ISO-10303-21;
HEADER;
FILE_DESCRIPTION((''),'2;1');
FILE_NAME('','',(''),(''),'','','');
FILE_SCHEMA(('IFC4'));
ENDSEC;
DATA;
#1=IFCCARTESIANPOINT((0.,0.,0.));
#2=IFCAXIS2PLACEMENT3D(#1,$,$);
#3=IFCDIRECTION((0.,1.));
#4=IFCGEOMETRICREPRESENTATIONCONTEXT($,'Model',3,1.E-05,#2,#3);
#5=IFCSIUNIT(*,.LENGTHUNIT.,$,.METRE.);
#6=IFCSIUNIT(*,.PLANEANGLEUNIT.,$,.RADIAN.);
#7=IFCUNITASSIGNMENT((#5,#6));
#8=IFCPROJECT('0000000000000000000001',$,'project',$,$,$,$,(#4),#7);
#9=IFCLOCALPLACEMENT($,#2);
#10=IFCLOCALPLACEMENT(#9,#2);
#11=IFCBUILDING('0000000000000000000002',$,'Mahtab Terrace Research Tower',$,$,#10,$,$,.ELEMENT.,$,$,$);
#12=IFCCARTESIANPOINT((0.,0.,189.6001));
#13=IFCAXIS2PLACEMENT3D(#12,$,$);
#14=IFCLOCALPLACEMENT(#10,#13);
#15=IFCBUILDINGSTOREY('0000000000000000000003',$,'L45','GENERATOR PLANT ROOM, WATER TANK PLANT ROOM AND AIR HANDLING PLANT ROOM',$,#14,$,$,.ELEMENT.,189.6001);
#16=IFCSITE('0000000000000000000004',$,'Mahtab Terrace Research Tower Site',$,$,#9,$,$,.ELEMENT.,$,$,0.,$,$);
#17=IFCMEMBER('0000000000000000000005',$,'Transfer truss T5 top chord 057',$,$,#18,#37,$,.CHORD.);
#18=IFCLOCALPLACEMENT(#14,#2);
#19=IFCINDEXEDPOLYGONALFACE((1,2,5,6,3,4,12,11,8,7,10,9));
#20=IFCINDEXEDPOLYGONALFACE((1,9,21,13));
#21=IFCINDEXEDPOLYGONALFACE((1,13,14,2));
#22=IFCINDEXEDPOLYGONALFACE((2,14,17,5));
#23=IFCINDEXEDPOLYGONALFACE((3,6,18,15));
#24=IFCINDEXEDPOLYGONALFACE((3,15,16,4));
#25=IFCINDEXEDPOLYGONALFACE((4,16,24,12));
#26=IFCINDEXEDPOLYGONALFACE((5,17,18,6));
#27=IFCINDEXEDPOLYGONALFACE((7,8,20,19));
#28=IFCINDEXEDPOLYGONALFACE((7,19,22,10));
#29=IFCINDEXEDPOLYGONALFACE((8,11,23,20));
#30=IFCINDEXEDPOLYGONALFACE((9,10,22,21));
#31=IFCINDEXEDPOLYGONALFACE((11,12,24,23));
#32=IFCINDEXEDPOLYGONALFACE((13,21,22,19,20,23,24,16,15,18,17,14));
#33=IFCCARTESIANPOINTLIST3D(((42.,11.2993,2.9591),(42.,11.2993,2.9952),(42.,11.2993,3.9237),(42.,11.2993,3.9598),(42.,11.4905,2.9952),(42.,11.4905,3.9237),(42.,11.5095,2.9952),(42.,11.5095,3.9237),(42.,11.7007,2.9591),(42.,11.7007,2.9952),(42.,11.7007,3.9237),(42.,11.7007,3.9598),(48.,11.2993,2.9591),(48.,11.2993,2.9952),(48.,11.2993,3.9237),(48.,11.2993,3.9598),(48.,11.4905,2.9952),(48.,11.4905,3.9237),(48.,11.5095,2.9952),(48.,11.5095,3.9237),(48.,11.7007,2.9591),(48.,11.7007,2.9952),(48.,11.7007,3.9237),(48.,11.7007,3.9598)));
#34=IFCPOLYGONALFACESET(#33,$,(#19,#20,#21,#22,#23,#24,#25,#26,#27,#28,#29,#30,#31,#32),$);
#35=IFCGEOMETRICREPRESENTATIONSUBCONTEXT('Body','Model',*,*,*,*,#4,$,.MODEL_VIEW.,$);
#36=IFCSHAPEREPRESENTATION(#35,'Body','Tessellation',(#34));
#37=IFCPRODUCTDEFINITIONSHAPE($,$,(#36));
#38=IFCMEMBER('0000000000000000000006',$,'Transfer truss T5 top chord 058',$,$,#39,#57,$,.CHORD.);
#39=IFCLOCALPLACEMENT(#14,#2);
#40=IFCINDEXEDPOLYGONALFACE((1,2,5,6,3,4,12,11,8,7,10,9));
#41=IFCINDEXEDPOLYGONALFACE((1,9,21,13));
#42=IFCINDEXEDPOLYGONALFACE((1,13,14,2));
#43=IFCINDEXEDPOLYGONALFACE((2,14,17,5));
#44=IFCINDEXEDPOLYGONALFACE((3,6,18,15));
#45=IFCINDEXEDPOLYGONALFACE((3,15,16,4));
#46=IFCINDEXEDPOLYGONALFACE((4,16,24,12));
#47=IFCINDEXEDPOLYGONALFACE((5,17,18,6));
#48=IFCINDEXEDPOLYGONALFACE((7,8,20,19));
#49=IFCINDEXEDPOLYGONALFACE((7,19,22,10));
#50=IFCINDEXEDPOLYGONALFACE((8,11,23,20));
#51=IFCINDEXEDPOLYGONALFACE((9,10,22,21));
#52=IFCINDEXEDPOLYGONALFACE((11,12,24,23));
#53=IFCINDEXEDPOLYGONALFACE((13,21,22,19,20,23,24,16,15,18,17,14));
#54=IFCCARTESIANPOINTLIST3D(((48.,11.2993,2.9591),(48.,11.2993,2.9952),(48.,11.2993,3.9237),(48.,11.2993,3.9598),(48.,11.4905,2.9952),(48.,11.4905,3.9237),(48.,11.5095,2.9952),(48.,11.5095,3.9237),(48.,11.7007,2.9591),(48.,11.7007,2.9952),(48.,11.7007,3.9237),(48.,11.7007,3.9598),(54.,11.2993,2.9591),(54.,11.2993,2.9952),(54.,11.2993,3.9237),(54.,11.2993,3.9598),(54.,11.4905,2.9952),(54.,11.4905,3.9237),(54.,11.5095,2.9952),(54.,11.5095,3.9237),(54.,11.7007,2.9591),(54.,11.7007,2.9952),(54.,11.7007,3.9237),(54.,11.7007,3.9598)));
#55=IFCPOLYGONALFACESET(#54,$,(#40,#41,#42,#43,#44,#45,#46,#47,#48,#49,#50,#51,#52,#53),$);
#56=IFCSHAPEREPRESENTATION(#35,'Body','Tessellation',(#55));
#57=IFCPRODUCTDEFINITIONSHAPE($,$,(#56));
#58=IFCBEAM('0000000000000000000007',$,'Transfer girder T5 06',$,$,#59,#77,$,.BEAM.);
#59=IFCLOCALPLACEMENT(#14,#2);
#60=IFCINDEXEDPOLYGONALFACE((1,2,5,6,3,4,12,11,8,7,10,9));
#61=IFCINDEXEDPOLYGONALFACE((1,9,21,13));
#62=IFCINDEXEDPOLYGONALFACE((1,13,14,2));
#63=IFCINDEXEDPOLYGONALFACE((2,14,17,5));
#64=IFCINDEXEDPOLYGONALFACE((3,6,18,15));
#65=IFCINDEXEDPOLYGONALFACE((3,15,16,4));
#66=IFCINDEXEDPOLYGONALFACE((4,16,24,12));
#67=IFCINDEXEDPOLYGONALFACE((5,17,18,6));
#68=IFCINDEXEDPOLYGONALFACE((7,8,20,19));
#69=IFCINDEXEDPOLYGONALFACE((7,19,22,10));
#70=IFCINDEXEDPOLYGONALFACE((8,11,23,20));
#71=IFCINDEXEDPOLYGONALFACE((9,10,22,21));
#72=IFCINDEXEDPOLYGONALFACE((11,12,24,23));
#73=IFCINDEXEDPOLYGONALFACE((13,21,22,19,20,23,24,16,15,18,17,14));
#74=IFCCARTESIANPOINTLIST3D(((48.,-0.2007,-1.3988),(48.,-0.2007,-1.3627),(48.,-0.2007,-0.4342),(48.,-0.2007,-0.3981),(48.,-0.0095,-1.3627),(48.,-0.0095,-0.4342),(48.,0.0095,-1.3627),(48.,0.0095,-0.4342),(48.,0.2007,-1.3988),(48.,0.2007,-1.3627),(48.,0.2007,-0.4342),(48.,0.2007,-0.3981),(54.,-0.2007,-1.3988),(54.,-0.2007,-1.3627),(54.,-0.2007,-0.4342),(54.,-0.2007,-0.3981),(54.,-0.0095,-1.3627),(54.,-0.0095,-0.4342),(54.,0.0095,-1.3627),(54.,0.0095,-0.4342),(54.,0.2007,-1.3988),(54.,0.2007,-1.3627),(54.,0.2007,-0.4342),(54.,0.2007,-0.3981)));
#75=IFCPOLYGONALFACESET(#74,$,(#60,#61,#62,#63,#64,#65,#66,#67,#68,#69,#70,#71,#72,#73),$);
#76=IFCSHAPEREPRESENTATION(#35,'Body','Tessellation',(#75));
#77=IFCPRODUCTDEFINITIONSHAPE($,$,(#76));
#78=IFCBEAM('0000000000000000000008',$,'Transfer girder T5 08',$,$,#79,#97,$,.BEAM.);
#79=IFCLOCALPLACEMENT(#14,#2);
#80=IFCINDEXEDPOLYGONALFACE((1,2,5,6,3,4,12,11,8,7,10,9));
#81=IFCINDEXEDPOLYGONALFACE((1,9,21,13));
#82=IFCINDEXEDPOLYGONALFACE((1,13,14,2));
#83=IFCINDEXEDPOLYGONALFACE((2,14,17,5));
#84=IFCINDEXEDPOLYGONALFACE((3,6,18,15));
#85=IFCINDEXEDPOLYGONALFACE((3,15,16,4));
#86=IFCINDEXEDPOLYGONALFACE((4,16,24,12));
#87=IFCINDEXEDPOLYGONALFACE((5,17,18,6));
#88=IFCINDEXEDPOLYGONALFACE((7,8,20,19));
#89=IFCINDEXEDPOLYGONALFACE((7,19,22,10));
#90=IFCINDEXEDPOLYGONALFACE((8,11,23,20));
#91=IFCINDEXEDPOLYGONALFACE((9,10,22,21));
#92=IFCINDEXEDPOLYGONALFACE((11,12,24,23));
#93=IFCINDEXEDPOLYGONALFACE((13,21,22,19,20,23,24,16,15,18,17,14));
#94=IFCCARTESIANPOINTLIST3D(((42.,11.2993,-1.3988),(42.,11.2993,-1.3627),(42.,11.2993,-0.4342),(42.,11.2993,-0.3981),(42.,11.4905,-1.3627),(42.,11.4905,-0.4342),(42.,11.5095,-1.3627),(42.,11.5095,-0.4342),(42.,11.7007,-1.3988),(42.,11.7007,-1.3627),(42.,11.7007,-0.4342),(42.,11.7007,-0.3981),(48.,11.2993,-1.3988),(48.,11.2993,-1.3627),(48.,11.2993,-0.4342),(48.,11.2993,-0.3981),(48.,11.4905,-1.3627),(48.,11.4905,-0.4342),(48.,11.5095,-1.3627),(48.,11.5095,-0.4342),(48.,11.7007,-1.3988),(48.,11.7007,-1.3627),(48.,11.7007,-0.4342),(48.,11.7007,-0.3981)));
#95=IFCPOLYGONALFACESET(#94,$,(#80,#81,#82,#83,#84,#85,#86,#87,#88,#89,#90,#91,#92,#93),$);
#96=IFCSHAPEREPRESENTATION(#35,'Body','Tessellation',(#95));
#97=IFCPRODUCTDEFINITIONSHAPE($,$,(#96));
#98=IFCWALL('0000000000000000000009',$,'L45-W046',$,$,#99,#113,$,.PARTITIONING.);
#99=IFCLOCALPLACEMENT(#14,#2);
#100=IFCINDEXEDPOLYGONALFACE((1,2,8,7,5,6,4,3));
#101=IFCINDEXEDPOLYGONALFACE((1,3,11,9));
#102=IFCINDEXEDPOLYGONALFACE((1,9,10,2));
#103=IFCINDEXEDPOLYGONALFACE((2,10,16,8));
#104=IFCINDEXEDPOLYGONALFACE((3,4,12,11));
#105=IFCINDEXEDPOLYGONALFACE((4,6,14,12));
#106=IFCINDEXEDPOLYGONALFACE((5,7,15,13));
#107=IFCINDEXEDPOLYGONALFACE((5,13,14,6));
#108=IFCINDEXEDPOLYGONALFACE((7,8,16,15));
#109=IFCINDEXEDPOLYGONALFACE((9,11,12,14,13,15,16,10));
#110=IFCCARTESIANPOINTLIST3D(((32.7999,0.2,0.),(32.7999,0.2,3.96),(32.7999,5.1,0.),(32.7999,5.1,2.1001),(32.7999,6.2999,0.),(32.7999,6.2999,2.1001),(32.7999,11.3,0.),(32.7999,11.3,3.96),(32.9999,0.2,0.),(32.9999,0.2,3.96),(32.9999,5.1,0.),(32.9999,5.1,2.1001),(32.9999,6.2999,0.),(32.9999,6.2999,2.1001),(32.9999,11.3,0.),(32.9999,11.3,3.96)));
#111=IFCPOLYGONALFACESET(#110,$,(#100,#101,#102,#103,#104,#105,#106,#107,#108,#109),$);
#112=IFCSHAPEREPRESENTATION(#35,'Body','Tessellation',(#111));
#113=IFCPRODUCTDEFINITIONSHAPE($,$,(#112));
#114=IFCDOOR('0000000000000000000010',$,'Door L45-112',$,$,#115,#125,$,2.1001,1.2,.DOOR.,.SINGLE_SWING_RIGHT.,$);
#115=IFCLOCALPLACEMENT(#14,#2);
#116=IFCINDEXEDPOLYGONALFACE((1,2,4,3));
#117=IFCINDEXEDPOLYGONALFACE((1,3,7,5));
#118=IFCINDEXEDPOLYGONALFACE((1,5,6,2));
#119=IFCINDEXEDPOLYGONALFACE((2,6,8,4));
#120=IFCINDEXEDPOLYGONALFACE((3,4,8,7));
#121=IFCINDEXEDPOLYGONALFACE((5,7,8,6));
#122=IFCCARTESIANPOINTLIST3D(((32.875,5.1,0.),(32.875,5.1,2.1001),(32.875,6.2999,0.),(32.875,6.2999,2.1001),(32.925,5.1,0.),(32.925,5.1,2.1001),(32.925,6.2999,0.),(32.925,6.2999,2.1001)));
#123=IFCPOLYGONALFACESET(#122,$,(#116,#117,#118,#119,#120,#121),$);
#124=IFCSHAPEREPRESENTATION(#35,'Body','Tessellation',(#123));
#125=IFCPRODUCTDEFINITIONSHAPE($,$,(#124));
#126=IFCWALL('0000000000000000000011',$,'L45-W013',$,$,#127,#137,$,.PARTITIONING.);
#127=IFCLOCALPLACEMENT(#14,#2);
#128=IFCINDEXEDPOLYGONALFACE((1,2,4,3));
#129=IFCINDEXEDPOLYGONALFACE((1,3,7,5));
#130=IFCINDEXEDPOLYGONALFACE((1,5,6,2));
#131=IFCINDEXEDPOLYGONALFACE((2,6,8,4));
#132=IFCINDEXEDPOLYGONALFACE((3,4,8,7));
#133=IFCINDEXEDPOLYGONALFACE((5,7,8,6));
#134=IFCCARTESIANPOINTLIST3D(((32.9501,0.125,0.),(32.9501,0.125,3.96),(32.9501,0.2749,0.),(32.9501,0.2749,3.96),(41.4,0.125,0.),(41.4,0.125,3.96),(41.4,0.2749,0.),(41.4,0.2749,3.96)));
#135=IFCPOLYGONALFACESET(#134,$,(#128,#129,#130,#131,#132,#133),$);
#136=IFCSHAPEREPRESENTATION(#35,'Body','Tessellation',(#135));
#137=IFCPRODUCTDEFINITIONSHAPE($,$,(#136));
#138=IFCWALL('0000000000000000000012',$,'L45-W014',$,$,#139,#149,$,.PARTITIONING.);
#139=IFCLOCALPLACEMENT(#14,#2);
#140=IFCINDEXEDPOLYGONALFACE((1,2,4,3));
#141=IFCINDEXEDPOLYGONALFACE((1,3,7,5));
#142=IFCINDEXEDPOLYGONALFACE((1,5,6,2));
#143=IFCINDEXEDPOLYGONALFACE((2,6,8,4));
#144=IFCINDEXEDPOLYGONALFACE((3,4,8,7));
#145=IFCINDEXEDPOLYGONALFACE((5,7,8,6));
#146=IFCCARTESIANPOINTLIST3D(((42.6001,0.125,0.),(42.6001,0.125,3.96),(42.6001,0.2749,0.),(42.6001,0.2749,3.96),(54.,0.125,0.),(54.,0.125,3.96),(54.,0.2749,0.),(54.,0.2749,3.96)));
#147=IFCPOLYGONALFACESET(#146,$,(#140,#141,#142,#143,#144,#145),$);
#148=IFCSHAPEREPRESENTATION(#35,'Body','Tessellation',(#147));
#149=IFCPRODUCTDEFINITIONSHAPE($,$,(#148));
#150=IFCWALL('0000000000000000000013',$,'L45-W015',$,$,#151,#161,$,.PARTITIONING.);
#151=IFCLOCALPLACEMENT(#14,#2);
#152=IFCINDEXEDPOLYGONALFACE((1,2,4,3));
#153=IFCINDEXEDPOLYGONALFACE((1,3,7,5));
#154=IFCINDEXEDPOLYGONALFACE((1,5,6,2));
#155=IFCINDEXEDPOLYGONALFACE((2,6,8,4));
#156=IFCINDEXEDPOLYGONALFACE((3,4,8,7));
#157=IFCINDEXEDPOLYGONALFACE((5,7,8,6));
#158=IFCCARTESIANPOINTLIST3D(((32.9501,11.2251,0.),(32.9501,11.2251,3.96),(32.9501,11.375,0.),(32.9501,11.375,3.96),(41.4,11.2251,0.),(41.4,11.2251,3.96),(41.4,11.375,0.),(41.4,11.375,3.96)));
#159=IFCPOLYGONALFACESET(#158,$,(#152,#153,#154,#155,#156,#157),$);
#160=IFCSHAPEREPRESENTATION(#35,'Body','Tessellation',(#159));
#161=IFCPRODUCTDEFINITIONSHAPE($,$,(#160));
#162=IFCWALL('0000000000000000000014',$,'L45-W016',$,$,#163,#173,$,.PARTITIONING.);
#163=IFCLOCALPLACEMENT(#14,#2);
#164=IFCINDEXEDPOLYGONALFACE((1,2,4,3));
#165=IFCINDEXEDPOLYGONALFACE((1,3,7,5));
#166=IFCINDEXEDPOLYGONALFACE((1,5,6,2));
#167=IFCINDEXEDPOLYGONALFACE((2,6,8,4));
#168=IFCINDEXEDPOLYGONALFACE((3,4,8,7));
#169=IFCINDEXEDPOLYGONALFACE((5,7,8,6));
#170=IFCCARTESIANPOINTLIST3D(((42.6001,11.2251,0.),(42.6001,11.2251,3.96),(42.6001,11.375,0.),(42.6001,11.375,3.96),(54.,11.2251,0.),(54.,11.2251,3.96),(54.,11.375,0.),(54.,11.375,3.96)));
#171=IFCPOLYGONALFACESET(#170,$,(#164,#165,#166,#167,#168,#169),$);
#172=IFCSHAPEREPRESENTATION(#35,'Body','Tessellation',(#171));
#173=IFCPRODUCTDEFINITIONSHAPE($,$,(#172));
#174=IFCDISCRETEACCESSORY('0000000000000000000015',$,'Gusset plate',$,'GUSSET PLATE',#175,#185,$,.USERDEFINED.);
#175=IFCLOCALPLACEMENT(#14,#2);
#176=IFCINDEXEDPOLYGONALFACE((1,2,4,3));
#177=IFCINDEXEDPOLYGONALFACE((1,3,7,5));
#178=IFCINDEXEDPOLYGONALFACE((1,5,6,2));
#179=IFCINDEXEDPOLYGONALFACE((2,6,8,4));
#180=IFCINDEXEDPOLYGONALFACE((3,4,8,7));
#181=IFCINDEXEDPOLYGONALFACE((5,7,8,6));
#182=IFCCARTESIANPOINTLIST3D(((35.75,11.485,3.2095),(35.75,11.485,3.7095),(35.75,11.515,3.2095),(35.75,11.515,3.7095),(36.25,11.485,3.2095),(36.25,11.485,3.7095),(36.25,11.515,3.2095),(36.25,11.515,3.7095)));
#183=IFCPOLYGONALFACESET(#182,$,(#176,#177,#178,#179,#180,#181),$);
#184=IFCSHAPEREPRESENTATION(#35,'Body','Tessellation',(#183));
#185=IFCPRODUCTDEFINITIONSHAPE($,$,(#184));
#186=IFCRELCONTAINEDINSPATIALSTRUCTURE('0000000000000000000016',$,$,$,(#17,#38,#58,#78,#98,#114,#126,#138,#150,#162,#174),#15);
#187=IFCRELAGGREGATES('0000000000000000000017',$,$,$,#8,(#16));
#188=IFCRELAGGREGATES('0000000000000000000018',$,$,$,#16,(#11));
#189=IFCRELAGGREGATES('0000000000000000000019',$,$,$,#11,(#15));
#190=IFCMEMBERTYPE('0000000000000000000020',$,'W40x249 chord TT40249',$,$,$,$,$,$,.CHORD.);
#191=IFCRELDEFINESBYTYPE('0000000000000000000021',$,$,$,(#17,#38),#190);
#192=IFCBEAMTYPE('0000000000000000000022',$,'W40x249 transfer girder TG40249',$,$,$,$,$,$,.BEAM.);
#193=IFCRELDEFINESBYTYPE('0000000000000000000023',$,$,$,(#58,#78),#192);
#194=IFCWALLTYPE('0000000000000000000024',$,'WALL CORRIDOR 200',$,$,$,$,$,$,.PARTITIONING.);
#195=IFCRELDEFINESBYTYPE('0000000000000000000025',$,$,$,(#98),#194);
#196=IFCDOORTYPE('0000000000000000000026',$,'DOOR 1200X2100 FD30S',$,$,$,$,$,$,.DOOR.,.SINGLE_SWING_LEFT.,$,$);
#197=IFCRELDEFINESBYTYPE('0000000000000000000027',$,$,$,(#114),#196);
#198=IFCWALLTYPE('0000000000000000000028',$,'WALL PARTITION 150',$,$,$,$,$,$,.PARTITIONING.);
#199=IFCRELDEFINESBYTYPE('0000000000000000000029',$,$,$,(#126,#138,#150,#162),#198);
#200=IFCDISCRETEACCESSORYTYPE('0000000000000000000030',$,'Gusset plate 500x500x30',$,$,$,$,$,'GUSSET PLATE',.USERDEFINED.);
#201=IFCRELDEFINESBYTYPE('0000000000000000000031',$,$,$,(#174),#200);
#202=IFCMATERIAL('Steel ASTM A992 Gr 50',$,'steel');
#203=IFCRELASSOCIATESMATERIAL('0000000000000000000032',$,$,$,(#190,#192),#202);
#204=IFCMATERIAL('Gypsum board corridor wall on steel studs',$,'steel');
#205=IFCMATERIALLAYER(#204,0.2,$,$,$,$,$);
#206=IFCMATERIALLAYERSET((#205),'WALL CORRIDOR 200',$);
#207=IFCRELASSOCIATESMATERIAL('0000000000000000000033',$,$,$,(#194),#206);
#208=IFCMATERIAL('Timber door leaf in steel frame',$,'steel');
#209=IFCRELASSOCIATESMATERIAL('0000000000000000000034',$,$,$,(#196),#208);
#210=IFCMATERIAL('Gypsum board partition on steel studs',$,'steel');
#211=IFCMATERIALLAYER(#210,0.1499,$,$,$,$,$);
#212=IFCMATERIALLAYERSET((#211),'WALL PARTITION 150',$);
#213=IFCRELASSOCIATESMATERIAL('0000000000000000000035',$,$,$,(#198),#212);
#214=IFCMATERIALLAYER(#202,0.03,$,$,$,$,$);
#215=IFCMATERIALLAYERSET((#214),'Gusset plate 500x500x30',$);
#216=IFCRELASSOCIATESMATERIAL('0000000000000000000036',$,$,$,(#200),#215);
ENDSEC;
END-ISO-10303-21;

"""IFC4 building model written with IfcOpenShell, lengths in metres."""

from ifc_helpers import new_model, si_unit, direction, frame, frame_2d, origin, origin_2d, place, context, subcontext, project, spatial, rectangle, i_section, extrude, material, layer, layer_set, material_profile, profile_set, type_object, element, fill, save


model = new_model("IFC4")

# Units and contexts
model_context = context("Model", 3, precision=1e-05, world=origin(), true_north=direction((0.0, 1.0)))
body_context = subcontext(model_context, "Body", "Model", "MODEL_VIEW")
ifc_project = project(units=[si_unit("LENGTHUNIT", "METRE"), si_unit("PLANEANGLEUNIT", "RADIAN")], contexts=[model_context])

# Site, building, storey
site_placement = place(None, origin())
site = spatial("IfcSite", under=ifc_project, at=site_placement, Name="Mahtab Terrace Research Tower Site", CompositionType="ELEMENT", RefElevation=0.0)
building_placement = place(site_placement, origin())
building = spatial("IfcBuilding", under=site, at=building_placement, Name="Mahtab Terrace Research Tower", CompositionType="ELEMENT")
storey_placement = place(building_placement, frame((0.0, 0.0, 189.6001)))
storey = spatial("IfcBuildingStorey", under=building, at=storey_placement, Name="L45", Description="GENERATOR PLANT ROOM, WATER TANK PLANT ROOM AND AIR HANDLING PLANT ROOM", CompositionType="ELEMENT", Elevation=189.6001)

# Members
ifc_material_1 = material(Name="Steel ASTM A992 Gr 50", Category="steel")
ifc_material_profile_1 = material_profile(ifc_material_1, i_section(OverallWidth=0.4014, OverallDepth=1.0007, WebThickness=0.019, FlangeThickness=0.0361, at=origin_2d()), Name="W40X249")
ifc_profile_set_1 = profile_set([ifc_material_profile_1], Name="Steel ASTM A992 Gr 50")
member_type_1 = type_object("IfcMemberType", Name="W40x249 chord TT40249", PredefinedType="CHORD", material=ifc_profile_set_1)
for number, where, z_axis, x_axis, name in (
    (1, (42.0, 11.5, 3.4595), (1.0, 0.0, 0.0), (0.0, 1.0, 0.0), "Transfer truss T5 top chord 057"),
    (2, (48.0, 11.5, 3.4595), (1.0, 0.0, 0.0), (0.0, 1.0, 0.0), "Transfer truss T5 top chord 058"),
):
    element("IfcMember", number, at=place(storey_placement, frame(where, z_axis=z_axis, x_axis=x_axis)), inside=storey, type_object=member_type_1, Name=name, PredefinedType="CHORD", context=body_context, shape_type="SweptSolid", body=[
        extrude(i_section(OverallWidth=0.4014, OverallDepth=1.0007, WebThickness=0.019, FlangeThickness=0.0361, at=origin_2d()), origin(), (0.0, 0.0, 1.0), 6.0),
    ])

# Beams
ifc_material_profile_2 = material_profile(ifc_material_1, i_section(OverallWidth=0.4014, OverallDepth=1.0007, WebThickness=0.019, FlangeThickness=0.0361, at=origin_2d()), Name="W40X249")
ifc_profile_set_2 = profile_set([ifc_material_profile_2], Name="Steel ASTM A992 Gr 50")
beam_type = type_object("IfcBeamType", Name="W40x249 transfer girder TG40249", PredefinedType="BEAM", material=ifc_profile_set_2)
for number, where, z_axis, x_axis, name in (
    (3, (48.0, 0.0, -0.8984), (1.0, 0.0, 0.0), (0.0, 1.0, 0.0), "Transfer girder T5 06"),
    (4, (42.0, 11.5, -0.8984), (1.0, 0.0, 0.0), (0.0, 1.0, 0.0), "Transfer girder T5 08"),
):
    element("IfcBeam", number, at=place(storey_placement, frame(where, z_axis=z_axis, x_axis=x_axis)), inside=storey, type_object=beam_type, Name=name, PredefinedType="BEAM", context=body_context, shape_type="SweptSolid", body=[
        extrude(i_section(OverallWidth=0.4014, OverallDepth=1.0007, WebThickness=0.019, FlangeThickness=0.0361, at=origin_2d()), origin(), (0.0, 0.0, 1.0), 6.0),
    ])

# Wall, opening, door
ifc_material_2 = material(Name="Gypsum board corridor wall on steel studs", Category="steel")
ifc_layer_1 = layer(ifc_material_2, 0.2)
ifc_layer_set_1 = layer_set([ifc_layer_1], Name="WALL CORRIDOR 200")
wall_type_1 = type_object("IfcWallType", Name="WALL CORRIDOR 200", PredefinedType="PARTITIONING", material=ifc_layer_set_1)
wall_1_placement = place(storey_placement, frame((32.8999, 0.2, 0.0), z_axis=(0.0, 0.0, 1.0), x_axis=(0.0, 1.0, 0.0)))
wall_1 = element("IfcWall", 5, at=wall_1_placement, inside=storey, type_object=wall_type_1, Name="L45-W046", PredefinedType="PARTITIONING", context=body_context, shape_type="SweptSolid", body=[
    extrude(rectangle(XDim=11.1001, YDim=0.2, at=frame_2d((5.55, 0.0))), origin(), (0.0, 0.0, 1.0), 3.96),
])
opening_placement = place(wall_1_placement, frame((4.8999, 0.0, 0.0)))
opening = element("IfcOpeningElement", 6, at=opening_placement, cuts=wall_1, PredefinedType="OPENING", context=body_context, shape_type="SweptSolid", body=[
    extrude(rectangle(XDim=1.2, YDim=2.1001, at=frame_2d((0.6001, 1.05))), frame((0.0, 0.1099, 0.0), z_axis=(0.0, -1.0, 0.0), x_axis=(1.0, 0.0, 0.0)), (0.0, 0.0, 1.0), 0.22),
])
ifc_material_3 = material(Name="Timber door leaf in steel frame", Category="steel")
door_type = type_object("IfcDoorType", Name="DOOR 1200X2100 FD30S", OperationType="SINGLE_SWING_LEFT", PredefinedType="DOOR", material=ifc_material_3)
door_placement = place(opening_placement, origin())
door = element("IfcDoor", 7, at=door_placement, inside=storey, type_object=door_type, Name="Door L45-112", OperationType="SINGLE_SWING_RIGHT", OverallHeight=2.1001, OverallWidth=1.2, PredefinedType="DOOR", context=body_context, shape_type="SweptSolid", body=[
    extrude(rectangle(XDim=1.2, YDim=2.1001, at=frame_2d((0.6001, 1.05))), frame((0.0, 0.0249, 0.0), z_axis=(0.0, -1.0, 0.0), x_axis=(1.0, 0.0, 0.0)), (0.0, 0.0, 1.0), 0.05),
])
fill(opening, door)

# Walls
ifc_material_4 = material(Name="Gypsum board partition on steel studs", Category="steel")
ifc_layer_2 = layer(ifc_material_4, 0.1499)
ifc_layer_set_2 = layer_set([ifc_layer_2], Name="WALL PARTITION 150")
wall_type_2 = type_object("IfcWallType", Name="WALL PARTITION 150", PredefinedType="PARTITIONING", material=ifc_layer_set_2)
wall_2_placement = place(storey_placement, frame((32.95, 0.2, 0.0), z_axis=(0.0, 0.0, 1.0), x_axis=(1.0, 0.0, 0.0)))
element("IfcWall", 8, at=wall_2_placement, inside=storey, type_object=wall_type_2, Name="L45-W013", PredefinedType="PARTITIONING", context=body_context, shape_type="SweptSolid", body=[
    extrude(rectangle(XDim=8.45, YDim=0.1499, at=frame_2d((4.2251, 0.0))), origin(), (0.0, 0.0, 1.0), 3.96),
])
wall_3_placement = place(storey_placement, frame((42.6001, 0.2, 0.0), z_axis=(0.0, 0.0, 1.0), x_axis=(1.0, 0.0, 0.0)))
element("IfcWall", 9, at=wall_3_placement, inside=storey, type_object=wall_type_2, Name="L45-W014", PredefinedType="PARTITIONING", context=body_context, shape_type="SweptSolid", body=[
    extrude(rectangle(XDim=11.3999, YDim=0.1499, at=frame_2d((5.7, 0.0))), origin(), (0.0, 0.0, 1.0), 3.96),
])
wall_4_placement = place(storey_placement, frame((32.95, 11.3, 0.0), z_axis=(0.0, 0.0, 1.0), x_axis=(1.0, 0.0, 0.0)))
element("IfcWall", 10, at=wall_4_placement, inside=storey, type_object=wall_type_2, Name="L45-W015", PredefinedType="PARTITIONING", context=body_context, shape_type="SweptSolid", body=[
    extrude(rectangle(XDim=8.45, YDim=0.1499, at=frame_2d((4.2251, 0.0))), origin(), (0.0, 0.0, 1.0), 3.96),
])
wall_5_placement = place(storey_placement, frame((42.6001, 11.3, 0.0), z_axis=(0.0, 0.0, 1.0), x_axis=(1.0, 0.0, 0.0)))
element("IfcWall", 11, at=wall_5_placement, inside=storey, type_object=wall_type_2, Name="L45-W016", PredefinedType="PARTITIONING", context=body_context, shape_type="SweptSolid", body=[
    extrude(rectangle(XDim=11.3999, YDim=0.1499, at=frame_2d((5.7, 0.0))), origin(), (0.0, 0.0, 1.0), 3.96),
])

# Discrete accessory
ifc_layer_3 = layer(ifc_material_1, 0.03)
ifc_layer_set_3 = layer_set([ifc_layer_3], Name="Gusset plate 500x500x30")
discrete_accessory_type = type_object("IfcDiscreteAccessoryType", Name="Gusset plate 500x500x30", ElementType="GUSSET PLATE", PredefinedType="USERDEFINED", material=ifc_layer_set_3)
for number, where, z_axis, x_axis, name in (
    (12, (36.0, 11.5, 3.2095), (0.0, 0.0, 1.0), (1.0, 0.0, 0.0), "Gusset plate"),
):
    element("IfcDiscreteAccessory", number, at=place(storey_placement, frame(where, z_axis=z_axis, x_axis=x_axis)), inside=storey, type_object=discrete_accessory_type, Name=name, ObjectType="GUSSET PLATE", PredefinedType="USERDEFINED", context=body_context, shape_type="SweptSolid", body=[
        extrude(rectangle(XDim=0.5, YDim=0.03, at=origin_2d()), origin(), (0.0, 0.0, 1.0), 0.5),
    ])

save(model, "model.ifc")
